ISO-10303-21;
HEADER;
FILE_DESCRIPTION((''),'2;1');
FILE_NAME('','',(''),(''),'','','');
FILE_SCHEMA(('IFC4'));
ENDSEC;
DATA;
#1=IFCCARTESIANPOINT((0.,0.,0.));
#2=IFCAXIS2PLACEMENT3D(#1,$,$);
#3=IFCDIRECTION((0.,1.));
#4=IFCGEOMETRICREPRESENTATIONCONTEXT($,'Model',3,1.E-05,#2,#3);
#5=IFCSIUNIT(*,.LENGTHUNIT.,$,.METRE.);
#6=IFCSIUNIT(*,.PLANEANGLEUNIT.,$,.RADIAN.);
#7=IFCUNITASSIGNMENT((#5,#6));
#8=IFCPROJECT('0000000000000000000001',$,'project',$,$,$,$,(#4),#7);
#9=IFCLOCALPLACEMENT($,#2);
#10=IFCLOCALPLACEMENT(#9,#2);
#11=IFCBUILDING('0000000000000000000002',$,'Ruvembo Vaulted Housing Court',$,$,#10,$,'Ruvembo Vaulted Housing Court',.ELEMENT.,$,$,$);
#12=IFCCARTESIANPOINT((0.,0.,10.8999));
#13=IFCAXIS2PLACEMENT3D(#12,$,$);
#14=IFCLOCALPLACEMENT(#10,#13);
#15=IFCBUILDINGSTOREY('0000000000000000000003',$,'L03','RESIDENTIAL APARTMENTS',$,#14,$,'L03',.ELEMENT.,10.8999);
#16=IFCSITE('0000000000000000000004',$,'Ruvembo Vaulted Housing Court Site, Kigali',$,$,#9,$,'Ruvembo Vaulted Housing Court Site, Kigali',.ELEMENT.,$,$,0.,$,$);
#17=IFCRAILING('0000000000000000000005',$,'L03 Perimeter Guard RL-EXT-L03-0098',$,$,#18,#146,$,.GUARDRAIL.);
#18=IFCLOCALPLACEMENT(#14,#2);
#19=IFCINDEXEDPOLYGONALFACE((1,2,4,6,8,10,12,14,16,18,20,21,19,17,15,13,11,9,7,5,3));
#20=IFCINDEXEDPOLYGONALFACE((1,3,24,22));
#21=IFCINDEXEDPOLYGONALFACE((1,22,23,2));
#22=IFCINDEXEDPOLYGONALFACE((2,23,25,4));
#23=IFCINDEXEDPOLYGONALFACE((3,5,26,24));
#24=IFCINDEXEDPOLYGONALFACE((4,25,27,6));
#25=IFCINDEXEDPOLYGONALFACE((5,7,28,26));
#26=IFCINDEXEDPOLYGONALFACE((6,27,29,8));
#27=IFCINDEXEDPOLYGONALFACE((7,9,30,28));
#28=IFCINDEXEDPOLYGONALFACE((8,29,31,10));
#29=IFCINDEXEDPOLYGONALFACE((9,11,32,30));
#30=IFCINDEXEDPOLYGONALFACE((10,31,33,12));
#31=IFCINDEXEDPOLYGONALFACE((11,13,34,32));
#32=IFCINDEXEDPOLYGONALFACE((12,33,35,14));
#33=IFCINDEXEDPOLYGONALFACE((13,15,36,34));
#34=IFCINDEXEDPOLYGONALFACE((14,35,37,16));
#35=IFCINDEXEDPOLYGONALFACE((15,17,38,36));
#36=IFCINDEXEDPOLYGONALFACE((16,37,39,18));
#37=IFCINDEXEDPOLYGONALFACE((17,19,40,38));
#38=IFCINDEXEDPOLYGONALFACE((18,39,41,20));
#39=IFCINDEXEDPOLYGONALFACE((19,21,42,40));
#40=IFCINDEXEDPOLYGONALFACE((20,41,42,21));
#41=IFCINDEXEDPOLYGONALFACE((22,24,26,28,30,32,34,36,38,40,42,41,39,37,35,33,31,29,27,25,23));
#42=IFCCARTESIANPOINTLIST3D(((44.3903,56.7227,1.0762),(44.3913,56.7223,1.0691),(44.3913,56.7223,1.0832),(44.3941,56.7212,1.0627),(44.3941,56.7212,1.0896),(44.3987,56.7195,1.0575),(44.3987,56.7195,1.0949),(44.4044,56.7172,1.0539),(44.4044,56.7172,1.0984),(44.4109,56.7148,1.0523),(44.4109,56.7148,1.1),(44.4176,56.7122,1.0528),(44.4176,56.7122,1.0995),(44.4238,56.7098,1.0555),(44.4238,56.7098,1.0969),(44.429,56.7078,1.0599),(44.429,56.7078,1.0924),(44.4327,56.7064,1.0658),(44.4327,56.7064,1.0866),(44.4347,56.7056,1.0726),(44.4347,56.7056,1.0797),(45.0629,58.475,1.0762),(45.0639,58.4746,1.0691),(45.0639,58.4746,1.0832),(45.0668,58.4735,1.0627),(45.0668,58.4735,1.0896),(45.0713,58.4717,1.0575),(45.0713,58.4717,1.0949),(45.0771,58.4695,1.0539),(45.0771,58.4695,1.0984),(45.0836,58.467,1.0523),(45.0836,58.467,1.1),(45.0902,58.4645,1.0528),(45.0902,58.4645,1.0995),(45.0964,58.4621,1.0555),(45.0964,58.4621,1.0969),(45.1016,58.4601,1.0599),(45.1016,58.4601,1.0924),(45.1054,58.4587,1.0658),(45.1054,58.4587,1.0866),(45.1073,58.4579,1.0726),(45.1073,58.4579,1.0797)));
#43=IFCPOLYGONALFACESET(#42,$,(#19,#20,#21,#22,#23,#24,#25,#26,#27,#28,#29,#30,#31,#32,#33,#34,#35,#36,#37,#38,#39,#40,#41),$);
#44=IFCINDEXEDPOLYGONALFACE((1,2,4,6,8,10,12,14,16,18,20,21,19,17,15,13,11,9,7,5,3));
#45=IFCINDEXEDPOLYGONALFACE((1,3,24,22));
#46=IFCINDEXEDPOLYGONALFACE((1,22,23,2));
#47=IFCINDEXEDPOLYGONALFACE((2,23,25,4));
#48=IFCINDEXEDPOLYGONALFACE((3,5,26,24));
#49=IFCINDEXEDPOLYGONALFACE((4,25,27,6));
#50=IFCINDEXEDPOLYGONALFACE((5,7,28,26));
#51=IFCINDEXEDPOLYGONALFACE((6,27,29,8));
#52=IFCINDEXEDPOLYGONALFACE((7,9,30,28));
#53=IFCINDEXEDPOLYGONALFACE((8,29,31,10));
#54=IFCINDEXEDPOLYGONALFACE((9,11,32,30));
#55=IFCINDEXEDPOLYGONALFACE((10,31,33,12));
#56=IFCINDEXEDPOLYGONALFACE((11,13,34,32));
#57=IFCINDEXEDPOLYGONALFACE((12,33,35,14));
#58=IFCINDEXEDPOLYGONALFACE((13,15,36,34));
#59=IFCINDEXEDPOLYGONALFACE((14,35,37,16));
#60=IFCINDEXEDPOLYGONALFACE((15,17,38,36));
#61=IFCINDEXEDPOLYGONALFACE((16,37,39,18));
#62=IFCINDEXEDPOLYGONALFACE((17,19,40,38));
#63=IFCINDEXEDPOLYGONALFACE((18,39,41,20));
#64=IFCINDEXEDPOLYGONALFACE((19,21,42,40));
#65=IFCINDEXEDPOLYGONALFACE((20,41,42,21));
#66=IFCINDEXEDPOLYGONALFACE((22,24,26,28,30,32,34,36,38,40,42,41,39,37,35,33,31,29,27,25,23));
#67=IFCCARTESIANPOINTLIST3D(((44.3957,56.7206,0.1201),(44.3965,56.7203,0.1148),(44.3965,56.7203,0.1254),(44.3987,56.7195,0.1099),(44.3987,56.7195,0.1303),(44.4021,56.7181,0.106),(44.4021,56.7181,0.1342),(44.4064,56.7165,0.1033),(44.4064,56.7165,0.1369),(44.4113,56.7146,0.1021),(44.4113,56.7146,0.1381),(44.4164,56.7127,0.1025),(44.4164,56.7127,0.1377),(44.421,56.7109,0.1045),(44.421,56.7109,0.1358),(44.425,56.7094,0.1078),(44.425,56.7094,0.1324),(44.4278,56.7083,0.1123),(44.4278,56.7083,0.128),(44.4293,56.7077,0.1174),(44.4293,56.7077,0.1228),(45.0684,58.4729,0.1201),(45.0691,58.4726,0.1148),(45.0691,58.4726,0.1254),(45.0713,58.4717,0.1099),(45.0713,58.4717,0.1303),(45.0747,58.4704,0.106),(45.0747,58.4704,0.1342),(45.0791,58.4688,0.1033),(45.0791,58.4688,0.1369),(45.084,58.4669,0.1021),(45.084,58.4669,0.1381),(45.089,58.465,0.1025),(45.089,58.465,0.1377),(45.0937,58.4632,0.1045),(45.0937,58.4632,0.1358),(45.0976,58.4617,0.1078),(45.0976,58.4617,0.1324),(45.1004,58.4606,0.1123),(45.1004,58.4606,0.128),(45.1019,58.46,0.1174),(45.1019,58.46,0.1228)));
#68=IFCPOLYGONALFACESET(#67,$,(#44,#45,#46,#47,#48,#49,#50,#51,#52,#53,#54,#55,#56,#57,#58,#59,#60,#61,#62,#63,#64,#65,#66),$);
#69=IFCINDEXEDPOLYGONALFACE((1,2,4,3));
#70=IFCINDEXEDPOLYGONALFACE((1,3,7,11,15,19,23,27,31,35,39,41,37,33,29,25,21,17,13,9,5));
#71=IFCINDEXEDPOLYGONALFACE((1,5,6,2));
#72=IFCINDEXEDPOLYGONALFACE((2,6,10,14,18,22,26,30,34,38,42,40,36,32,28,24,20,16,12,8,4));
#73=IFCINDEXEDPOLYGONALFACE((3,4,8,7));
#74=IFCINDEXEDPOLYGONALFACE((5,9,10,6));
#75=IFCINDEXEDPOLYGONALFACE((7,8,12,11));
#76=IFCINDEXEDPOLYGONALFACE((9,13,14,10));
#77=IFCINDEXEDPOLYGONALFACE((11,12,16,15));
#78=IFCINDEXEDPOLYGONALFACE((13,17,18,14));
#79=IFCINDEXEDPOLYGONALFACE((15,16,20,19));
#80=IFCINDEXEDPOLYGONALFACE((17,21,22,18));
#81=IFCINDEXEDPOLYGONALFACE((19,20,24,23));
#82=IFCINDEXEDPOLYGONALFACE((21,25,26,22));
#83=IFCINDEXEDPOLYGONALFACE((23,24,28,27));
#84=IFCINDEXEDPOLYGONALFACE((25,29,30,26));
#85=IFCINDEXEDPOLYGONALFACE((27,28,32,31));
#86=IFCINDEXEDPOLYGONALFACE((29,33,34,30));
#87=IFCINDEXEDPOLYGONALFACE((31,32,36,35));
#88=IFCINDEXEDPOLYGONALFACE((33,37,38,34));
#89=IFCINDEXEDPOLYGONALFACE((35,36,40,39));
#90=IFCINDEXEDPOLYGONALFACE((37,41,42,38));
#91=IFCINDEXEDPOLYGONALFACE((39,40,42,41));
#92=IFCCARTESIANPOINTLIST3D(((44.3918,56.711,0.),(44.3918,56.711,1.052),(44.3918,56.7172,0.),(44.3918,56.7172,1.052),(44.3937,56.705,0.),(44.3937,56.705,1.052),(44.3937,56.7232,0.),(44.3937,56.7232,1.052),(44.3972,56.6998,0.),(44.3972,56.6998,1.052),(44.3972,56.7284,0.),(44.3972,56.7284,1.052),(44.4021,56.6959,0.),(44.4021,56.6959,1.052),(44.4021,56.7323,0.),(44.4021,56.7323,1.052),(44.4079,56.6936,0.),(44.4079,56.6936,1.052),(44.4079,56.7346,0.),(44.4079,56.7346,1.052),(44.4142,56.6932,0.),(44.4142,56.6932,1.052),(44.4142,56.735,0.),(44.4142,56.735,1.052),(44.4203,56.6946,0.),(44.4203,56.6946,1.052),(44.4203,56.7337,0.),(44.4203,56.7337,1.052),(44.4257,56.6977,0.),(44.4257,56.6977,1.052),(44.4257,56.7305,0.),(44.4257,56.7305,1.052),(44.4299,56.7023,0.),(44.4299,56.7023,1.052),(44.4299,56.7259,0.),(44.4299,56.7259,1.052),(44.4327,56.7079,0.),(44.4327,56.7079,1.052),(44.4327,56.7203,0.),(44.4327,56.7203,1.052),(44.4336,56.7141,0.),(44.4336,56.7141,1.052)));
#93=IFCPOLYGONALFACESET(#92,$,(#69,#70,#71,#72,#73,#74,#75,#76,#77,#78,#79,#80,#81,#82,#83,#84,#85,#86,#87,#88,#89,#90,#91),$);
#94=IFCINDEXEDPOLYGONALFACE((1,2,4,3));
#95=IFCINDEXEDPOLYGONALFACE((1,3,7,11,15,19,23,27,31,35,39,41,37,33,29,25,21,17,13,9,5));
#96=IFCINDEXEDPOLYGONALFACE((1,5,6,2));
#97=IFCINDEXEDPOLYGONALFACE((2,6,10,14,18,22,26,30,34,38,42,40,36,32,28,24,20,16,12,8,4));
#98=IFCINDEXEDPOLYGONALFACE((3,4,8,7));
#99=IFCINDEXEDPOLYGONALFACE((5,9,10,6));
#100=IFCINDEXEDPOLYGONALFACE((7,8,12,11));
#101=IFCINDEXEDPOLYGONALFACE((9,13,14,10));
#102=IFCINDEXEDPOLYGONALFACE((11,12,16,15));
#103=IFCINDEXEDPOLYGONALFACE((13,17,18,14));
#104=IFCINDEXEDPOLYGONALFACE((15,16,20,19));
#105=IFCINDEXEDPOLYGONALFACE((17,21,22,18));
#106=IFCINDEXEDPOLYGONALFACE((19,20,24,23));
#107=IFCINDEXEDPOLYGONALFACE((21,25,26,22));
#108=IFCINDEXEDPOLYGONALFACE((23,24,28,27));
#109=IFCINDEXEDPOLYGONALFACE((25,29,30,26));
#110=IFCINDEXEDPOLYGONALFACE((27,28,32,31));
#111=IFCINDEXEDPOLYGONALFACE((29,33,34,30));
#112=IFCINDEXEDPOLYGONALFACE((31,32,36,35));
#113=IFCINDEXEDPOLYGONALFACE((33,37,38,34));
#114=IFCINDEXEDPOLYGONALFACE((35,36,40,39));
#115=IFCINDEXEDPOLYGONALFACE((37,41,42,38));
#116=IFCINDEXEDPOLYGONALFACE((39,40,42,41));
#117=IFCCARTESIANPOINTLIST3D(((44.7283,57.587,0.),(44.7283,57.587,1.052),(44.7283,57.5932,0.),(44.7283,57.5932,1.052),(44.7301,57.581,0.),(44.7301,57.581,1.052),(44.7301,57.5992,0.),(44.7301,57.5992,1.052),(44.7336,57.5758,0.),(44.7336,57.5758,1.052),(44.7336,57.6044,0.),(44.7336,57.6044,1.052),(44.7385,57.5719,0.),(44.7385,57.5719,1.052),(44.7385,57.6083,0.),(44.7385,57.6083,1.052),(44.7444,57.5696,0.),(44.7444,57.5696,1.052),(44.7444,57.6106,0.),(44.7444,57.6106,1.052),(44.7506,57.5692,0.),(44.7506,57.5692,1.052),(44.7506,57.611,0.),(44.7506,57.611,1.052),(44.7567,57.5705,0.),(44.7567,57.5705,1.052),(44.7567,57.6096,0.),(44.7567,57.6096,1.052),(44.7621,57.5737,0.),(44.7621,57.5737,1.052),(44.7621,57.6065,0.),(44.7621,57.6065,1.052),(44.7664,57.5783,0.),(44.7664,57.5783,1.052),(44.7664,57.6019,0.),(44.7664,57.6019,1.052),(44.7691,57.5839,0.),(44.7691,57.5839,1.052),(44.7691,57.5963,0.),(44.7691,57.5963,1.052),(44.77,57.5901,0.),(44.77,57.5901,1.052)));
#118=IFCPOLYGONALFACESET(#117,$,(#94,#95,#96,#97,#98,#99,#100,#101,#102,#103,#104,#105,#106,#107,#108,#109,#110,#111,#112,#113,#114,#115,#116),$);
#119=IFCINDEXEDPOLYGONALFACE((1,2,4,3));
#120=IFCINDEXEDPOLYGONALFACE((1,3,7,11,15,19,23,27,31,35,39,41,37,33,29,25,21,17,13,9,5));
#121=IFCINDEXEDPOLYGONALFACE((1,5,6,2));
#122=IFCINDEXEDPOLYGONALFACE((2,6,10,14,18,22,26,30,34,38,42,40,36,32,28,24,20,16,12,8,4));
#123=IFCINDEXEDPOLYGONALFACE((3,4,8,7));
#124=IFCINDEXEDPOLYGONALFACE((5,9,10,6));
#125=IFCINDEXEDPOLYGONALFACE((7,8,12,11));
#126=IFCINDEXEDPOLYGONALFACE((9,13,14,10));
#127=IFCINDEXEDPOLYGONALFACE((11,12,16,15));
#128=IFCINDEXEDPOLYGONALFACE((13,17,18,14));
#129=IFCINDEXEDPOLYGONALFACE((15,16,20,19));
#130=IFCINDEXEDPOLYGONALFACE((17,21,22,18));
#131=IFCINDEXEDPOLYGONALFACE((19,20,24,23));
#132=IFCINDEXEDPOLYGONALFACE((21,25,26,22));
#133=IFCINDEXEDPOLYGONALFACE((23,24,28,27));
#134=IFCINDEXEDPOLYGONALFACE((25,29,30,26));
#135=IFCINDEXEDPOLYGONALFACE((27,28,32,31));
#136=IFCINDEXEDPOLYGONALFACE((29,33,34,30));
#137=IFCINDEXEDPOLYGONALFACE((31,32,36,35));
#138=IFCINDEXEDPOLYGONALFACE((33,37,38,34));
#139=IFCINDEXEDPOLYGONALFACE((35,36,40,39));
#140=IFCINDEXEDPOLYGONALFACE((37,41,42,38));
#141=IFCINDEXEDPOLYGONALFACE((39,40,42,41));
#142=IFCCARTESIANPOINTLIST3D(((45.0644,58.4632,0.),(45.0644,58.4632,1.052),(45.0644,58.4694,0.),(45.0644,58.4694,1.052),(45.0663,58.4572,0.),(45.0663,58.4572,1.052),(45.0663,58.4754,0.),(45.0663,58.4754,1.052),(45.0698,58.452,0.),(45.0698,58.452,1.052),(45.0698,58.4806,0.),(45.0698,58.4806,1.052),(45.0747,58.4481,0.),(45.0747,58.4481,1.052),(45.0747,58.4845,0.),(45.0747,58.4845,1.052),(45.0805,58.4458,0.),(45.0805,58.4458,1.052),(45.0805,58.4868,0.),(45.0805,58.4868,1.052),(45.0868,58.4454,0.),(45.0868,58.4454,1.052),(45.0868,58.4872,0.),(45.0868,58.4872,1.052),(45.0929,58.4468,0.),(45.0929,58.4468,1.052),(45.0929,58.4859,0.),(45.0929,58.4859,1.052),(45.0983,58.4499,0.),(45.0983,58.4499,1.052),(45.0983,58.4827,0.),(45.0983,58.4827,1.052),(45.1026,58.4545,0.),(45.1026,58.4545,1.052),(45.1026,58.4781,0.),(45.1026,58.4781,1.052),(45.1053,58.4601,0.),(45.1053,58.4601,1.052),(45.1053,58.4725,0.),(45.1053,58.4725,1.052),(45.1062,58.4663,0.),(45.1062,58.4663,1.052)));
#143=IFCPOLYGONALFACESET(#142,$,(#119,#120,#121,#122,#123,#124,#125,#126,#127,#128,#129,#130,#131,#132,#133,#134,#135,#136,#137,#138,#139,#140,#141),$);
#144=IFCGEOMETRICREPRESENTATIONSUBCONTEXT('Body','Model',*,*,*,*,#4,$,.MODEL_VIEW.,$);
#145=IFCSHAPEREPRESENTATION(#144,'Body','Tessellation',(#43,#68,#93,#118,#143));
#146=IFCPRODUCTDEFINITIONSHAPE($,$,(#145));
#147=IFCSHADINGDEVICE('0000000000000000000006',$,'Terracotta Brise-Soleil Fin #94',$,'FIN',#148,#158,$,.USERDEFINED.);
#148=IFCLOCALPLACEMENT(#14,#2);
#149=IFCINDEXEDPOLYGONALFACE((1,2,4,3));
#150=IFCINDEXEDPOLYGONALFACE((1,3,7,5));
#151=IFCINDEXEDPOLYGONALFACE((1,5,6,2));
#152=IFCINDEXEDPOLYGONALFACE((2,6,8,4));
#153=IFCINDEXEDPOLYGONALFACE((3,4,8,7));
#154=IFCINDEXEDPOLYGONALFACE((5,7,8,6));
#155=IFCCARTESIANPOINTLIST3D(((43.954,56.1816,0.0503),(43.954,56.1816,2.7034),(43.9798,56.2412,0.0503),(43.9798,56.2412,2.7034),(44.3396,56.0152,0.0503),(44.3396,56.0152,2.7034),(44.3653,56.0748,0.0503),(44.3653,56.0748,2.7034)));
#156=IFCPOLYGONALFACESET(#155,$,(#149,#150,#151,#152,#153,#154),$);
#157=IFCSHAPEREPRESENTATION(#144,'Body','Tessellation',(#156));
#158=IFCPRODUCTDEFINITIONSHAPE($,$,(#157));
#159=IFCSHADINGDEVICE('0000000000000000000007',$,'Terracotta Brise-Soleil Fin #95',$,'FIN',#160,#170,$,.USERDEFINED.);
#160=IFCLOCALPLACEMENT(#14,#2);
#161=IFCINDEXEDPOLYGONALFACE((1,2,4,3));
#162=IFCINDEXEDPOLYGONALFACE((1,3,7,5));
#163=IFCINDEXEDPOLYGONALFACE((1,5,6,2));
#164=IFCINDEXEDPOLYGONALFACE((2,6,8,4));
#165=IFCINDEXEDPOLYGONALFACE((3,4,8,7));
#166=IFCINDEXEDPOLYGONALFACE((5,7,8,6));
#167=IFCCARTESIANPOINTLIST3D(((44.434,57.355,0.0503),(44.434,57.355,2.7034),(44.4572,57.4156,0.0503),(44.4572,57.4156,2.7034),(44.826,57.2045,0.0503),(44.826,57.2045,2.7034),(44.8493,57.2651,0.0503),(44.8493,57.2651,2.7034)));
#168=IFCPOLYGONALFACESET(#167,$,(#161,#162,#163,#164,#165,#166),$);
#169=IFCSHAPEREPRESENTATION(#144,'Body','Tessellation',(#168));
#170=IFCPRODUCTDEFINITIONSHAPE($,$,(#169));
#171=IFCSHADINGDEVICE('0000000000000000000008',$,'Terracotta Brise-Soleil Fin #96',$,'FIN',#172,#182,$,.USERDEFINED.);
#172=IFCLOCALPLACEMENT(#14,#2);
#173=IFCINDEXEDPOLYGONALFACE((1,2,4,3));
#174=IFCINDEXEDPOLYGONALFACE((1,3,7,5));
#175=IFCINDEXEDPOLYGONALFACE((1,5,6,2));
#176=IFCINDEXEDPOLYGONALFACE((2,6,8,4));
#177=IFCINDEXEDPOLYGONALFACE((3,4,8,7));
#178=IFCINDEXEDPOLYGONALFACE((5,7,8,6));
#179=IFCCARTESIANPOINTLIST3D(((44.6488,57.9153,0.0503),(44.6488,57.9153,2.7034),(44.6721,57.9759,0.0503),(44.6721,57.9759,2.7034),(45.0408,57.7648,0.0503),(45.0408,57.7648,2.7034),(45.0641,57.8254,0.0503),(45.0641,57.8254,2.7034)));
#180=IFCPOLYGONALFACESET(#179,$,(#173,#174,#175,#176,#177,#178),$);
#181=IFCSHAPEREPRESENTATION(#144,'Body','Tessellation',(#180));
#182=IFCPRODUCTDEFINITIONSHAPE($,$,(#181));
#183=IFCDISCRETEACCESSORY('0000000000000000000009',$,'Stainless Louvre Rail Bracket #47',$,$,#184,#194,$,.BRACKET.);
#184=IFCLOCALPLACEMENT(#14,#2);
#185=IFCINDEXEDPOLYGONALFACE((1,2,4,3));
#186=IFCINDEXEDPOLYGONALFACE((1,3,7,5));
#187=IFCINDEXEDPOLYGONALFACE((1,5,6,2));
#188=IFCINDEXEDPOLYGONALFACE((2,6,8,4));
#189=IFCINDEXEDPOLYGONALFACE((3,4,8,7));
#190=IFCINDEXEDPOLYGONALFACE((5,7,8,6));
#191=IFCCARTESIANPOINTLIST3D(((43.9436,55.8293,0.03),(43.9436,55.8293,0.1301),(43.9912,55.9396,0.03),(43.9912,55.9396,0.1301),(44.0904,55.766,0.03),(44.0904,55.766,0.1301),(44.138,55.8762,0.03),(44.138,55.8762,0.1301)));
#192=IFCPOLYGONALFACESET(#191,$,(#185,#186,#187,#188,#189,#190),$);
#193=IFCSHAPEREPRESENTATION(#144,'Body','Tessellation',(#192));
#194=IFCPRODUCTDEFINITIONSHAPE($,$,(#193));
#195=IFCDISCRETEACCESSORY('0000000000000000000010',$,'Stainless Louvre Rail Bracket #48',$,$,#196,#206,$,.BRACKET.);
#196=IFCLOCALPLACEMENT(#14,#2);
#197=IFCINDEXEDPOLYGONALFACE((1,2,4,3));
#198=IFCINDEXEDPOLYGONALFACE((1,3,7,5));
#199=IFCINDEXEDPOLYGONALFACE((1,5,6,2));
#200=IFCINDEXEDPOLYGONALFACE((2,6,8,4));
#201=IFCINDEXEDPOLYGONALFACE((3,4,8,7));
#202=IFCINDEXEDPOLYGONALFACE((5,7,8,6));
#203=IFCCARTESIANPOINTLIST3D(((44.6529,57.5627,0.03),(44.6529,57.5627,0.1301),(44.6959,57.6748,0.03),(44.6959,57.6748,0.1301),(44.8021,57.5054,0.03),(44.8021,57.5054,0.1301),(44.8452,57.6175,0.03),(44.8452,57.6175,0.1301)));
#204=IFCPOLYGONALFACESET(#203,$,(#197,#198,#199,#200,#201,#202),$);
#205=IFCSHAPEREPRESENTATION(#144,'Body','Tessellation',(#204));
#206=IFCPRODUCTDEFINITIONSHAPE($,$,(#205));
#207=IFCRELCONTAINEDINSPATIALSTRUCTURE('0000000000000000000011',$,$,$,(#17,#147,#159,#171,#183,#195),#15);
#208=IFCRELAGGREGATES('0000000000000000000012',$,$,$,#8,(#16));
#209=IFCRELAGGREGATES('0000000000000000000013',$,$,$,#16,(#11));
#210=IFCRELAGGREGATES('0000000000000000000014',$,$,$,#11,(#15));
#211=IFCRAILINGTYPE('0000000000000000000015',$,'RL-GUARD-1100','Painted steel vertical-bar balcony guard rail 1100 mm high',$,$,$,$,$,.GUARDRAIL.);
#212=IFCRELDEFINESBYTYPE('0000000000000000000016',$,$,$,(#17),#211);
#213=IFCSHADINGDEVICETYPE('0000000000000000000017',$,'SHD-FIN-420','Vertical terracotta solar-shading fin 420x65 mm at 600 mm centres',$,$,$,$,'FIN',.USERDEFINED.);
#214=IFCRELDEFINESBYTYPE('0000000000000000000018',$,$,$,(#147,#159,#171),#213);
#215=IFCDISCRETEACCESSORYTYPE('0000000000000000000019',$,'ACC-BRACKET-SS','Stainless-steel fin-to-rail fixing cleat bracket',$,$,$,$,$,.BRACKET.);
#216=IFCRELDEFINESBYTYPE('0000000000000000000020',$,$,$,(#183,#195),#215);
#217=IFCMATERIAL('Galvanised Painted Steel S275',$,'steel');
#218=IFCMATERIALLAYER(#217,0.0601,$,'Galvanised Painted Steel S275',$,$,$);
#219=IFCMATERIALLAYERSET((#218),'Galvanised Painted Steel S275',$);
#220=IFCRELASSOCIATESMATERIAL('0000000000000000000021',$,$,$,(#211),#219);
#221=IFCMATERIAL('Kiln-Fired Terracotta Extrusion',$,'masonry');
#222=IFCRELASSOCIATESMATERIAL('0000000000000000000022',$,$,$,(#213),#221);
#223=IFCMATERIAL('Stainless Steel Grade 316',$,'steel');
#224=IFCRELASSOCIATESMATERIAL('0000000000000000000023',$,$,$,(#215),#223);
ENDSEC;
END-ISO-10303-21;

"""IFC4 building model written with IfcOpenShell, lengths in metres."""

from ifc_helpers import new_model, si_unit, direction, frame, origin, origin_2d, place, context, subcontext, project, spatial, rectangle, circle, extrude, material, layer, layer_set, type_object, element, save


model = new_model("IFC4")

# Units and contexts
model_context = context("Model", 3, precision=1e-05, world=origin(), true_north=direction((0.0, 1.0)))
body_context = subcontext(model_context, "Body", "Model", "MODEL_VIEW")
ifc_project = project(units=[si_unit("LENGTHUNIT", "METRE"), si_unit("PLANEANGLEUNIT", "RADIAN")], contexts=[model_context])

# Site, building, storey
site_placement = place(None, origin())
site = spatial("IfcSite", under=ifc_project, at=site_placement, Name="Ruvembo Vaulted Housing Court Site, Kigali", LongName="Ruvembo Vaulted Housing Court Site, Kigali", CompositionType="ELEMENT", RefElevation=0.0)
building_placement = place(site_placement, origin())
building = spatial("IfcBuilding", under=site, at=building_placement, Name="Ruvembo Vaulted Housing Court", LongName="Ruvembo Vaulted Housing Court", CompositionType="ELEMENT")
storey_placement = place(building_placement, frame((0.0, 0.0, 10.8999)))
storey = spatial("IfcBuildingStorey", under=building, at=storey_placement, Name="L03", Description="RESIDENTIAL APARTMENTS", LongName="L03", CompositionType="ELEMENT", Elevation=10.8999)

# Railing
ifc_material_1 = material(Name="Galvanised Painted Steel S275", Category="steel")
ifc_layer_1 = layer(ifc_material_1, 0.0601, Name="Galvanised Painted Steel S275")
ifc_layer_set_1 = layer_set([ifc_layer_1], Name="Galvanised Painted Steel S275")
railing_type = type_object("IfcRailingType", Name="RL-GUARD-1100", Description="Painted steel vertical-bar balcony guard rail 1100 mm high", PredefinedType="GUARDRAIL", material=ifc_layer_set_1)
railing_placement = place(storey_placement, frame((44.4126, 56.7141, 0.0)))
element("IfcRailing", 1, at=railing_placement, inside=storey, type_object=railing_type, Name="L03 Perimeter Guard RL-EXT-L03-0098", PredefinedType="GUARDRAIL", context=body_context, shape_type="SweptSolid", body=[
    extrude(circle(Radius=0.0239, at=origin_2d()), frame((0.0, 0.0, 1.0762), z_axis=(0.358369, 0.93358, 0.0), x_axis=(-0.93358, 0.358369, 0.0)), (0.0, 0.0, 1.0), 1.877),
    extrude(circle(Radius=0.0181, at=origin_2d()), frame((0.0, 0.0, 0.1201), z_axis=(0.358369, 0.93358, 0.0), x_axis=(-0.93358, 0.358369, 0.0)), (0.0, 0.0, 1.0), 1.877),
    extrude(circle(Radius=0.021, at=origin_2d()), origin(), (0.0, 0.0, 1.0), 1.052),
    extrude(circle(Radius=0.021, at=origin_2d()), frame((0.3364, 0.876, 0.0)), (0.0, 0.0, 1.0), 1.052),
    extrude(circle(Radius=0.021, at=origin_2d()), frame((0.6726, 1.7522, 0.0)), (0.0, 0.0, 1.0), 1.052),
])

# Shading devices
ifc_material_2 = material(Name="Kiln-Fired Terracotta Extrusion", Category="masonry")
shading_device_type = type_object("IfcShadingDeviceType", Name="SHD-FIN-420", Description="Vertical terracotta solar-shading fin 420x65 mm at 600 mm centres", ElementType="FIN", PredefinedType="USERDEFINED", material=ifc_material_2)
for number, where, z_axis, x_axis, name in (
    (2, (44.1597, 56.1282, 0.0503), (0.0, 0.0, 1.0), (0.918122, -0.396299, 0.0), "Terracotta Brise-Soleil Fin #94"),
    (3, (44.6416, 57.3101, 0.0503), (0.0, 0.0, 1.0), (0.933568, -0.358401, 0.0), "Terracotta Brise-Soleil Fin #95"),
    (4, (44.8564, 57.8704, 0.0503), (0.0, 0.0, 1.0), (0.933568, -0.358401, 0.0), "Terracotta Brise-Soleil Fin #96"),
):
    element("IfcShadingDevice", number, at=place(storey_placement, frame(where, z_axis=z_axis, x_axis=x_axis)), inside=storey, type_object=shading_device_type, Name=name, ObjectType="FIN", PredefinedType="USERDEFINED", context=body_context, shape_type="SweptSolid", body=[
        extrude(rectangle(XDim=0.4199, YDim=0.0649, at=origin_2d()), origin(), (0.0, 0.0, 1.0), 2.6531),
    ])

# Discrete accessories
ifc_material_3 = material(Name="Stainless Steel Grade 316", Category="steel")
discrete_accessory_type = type_object("IfcDiscreteAccessoryType", Name="ACC-BRACKET-SS", Description="Stainless-steel fin-to-rail fixing cleat bracket", PredefinedType="BRACKET", material=ifc_material_3)
for number, where, z_axis, x_axis, name in (
    (5, (44.0408, 55.8528, 0.03), (0.0, 0.0, 1.0), (0.918122, -0.396299, 0.0), "Stainless Louvre Rail Bracket #47"),
    (6, (44.749, 57.5901, 0.03), (0.0, 0.0, 1.0), (0.933568, -0.358401, 0.0), "Stainless Louvre Rail Bracket #48"),
):
    element("IfcDiscreteAccessory", number, at=place(storey_placement, frame(where, z_axis=z_axis, x_axis=x_axis)), inside=storey, type_object=discrete_accessory_type, Name=name, PredefinedType="BRACKET", context=body_context, shape_type="SweptSolid", body=[
        extrude(rectangle(XDim=0.1599, YDim=0.1201, at=origin_2d()), origin(), (0.0, 0.0, 1.0), 0.1001),
    ])

save(model, "model.ifc")
